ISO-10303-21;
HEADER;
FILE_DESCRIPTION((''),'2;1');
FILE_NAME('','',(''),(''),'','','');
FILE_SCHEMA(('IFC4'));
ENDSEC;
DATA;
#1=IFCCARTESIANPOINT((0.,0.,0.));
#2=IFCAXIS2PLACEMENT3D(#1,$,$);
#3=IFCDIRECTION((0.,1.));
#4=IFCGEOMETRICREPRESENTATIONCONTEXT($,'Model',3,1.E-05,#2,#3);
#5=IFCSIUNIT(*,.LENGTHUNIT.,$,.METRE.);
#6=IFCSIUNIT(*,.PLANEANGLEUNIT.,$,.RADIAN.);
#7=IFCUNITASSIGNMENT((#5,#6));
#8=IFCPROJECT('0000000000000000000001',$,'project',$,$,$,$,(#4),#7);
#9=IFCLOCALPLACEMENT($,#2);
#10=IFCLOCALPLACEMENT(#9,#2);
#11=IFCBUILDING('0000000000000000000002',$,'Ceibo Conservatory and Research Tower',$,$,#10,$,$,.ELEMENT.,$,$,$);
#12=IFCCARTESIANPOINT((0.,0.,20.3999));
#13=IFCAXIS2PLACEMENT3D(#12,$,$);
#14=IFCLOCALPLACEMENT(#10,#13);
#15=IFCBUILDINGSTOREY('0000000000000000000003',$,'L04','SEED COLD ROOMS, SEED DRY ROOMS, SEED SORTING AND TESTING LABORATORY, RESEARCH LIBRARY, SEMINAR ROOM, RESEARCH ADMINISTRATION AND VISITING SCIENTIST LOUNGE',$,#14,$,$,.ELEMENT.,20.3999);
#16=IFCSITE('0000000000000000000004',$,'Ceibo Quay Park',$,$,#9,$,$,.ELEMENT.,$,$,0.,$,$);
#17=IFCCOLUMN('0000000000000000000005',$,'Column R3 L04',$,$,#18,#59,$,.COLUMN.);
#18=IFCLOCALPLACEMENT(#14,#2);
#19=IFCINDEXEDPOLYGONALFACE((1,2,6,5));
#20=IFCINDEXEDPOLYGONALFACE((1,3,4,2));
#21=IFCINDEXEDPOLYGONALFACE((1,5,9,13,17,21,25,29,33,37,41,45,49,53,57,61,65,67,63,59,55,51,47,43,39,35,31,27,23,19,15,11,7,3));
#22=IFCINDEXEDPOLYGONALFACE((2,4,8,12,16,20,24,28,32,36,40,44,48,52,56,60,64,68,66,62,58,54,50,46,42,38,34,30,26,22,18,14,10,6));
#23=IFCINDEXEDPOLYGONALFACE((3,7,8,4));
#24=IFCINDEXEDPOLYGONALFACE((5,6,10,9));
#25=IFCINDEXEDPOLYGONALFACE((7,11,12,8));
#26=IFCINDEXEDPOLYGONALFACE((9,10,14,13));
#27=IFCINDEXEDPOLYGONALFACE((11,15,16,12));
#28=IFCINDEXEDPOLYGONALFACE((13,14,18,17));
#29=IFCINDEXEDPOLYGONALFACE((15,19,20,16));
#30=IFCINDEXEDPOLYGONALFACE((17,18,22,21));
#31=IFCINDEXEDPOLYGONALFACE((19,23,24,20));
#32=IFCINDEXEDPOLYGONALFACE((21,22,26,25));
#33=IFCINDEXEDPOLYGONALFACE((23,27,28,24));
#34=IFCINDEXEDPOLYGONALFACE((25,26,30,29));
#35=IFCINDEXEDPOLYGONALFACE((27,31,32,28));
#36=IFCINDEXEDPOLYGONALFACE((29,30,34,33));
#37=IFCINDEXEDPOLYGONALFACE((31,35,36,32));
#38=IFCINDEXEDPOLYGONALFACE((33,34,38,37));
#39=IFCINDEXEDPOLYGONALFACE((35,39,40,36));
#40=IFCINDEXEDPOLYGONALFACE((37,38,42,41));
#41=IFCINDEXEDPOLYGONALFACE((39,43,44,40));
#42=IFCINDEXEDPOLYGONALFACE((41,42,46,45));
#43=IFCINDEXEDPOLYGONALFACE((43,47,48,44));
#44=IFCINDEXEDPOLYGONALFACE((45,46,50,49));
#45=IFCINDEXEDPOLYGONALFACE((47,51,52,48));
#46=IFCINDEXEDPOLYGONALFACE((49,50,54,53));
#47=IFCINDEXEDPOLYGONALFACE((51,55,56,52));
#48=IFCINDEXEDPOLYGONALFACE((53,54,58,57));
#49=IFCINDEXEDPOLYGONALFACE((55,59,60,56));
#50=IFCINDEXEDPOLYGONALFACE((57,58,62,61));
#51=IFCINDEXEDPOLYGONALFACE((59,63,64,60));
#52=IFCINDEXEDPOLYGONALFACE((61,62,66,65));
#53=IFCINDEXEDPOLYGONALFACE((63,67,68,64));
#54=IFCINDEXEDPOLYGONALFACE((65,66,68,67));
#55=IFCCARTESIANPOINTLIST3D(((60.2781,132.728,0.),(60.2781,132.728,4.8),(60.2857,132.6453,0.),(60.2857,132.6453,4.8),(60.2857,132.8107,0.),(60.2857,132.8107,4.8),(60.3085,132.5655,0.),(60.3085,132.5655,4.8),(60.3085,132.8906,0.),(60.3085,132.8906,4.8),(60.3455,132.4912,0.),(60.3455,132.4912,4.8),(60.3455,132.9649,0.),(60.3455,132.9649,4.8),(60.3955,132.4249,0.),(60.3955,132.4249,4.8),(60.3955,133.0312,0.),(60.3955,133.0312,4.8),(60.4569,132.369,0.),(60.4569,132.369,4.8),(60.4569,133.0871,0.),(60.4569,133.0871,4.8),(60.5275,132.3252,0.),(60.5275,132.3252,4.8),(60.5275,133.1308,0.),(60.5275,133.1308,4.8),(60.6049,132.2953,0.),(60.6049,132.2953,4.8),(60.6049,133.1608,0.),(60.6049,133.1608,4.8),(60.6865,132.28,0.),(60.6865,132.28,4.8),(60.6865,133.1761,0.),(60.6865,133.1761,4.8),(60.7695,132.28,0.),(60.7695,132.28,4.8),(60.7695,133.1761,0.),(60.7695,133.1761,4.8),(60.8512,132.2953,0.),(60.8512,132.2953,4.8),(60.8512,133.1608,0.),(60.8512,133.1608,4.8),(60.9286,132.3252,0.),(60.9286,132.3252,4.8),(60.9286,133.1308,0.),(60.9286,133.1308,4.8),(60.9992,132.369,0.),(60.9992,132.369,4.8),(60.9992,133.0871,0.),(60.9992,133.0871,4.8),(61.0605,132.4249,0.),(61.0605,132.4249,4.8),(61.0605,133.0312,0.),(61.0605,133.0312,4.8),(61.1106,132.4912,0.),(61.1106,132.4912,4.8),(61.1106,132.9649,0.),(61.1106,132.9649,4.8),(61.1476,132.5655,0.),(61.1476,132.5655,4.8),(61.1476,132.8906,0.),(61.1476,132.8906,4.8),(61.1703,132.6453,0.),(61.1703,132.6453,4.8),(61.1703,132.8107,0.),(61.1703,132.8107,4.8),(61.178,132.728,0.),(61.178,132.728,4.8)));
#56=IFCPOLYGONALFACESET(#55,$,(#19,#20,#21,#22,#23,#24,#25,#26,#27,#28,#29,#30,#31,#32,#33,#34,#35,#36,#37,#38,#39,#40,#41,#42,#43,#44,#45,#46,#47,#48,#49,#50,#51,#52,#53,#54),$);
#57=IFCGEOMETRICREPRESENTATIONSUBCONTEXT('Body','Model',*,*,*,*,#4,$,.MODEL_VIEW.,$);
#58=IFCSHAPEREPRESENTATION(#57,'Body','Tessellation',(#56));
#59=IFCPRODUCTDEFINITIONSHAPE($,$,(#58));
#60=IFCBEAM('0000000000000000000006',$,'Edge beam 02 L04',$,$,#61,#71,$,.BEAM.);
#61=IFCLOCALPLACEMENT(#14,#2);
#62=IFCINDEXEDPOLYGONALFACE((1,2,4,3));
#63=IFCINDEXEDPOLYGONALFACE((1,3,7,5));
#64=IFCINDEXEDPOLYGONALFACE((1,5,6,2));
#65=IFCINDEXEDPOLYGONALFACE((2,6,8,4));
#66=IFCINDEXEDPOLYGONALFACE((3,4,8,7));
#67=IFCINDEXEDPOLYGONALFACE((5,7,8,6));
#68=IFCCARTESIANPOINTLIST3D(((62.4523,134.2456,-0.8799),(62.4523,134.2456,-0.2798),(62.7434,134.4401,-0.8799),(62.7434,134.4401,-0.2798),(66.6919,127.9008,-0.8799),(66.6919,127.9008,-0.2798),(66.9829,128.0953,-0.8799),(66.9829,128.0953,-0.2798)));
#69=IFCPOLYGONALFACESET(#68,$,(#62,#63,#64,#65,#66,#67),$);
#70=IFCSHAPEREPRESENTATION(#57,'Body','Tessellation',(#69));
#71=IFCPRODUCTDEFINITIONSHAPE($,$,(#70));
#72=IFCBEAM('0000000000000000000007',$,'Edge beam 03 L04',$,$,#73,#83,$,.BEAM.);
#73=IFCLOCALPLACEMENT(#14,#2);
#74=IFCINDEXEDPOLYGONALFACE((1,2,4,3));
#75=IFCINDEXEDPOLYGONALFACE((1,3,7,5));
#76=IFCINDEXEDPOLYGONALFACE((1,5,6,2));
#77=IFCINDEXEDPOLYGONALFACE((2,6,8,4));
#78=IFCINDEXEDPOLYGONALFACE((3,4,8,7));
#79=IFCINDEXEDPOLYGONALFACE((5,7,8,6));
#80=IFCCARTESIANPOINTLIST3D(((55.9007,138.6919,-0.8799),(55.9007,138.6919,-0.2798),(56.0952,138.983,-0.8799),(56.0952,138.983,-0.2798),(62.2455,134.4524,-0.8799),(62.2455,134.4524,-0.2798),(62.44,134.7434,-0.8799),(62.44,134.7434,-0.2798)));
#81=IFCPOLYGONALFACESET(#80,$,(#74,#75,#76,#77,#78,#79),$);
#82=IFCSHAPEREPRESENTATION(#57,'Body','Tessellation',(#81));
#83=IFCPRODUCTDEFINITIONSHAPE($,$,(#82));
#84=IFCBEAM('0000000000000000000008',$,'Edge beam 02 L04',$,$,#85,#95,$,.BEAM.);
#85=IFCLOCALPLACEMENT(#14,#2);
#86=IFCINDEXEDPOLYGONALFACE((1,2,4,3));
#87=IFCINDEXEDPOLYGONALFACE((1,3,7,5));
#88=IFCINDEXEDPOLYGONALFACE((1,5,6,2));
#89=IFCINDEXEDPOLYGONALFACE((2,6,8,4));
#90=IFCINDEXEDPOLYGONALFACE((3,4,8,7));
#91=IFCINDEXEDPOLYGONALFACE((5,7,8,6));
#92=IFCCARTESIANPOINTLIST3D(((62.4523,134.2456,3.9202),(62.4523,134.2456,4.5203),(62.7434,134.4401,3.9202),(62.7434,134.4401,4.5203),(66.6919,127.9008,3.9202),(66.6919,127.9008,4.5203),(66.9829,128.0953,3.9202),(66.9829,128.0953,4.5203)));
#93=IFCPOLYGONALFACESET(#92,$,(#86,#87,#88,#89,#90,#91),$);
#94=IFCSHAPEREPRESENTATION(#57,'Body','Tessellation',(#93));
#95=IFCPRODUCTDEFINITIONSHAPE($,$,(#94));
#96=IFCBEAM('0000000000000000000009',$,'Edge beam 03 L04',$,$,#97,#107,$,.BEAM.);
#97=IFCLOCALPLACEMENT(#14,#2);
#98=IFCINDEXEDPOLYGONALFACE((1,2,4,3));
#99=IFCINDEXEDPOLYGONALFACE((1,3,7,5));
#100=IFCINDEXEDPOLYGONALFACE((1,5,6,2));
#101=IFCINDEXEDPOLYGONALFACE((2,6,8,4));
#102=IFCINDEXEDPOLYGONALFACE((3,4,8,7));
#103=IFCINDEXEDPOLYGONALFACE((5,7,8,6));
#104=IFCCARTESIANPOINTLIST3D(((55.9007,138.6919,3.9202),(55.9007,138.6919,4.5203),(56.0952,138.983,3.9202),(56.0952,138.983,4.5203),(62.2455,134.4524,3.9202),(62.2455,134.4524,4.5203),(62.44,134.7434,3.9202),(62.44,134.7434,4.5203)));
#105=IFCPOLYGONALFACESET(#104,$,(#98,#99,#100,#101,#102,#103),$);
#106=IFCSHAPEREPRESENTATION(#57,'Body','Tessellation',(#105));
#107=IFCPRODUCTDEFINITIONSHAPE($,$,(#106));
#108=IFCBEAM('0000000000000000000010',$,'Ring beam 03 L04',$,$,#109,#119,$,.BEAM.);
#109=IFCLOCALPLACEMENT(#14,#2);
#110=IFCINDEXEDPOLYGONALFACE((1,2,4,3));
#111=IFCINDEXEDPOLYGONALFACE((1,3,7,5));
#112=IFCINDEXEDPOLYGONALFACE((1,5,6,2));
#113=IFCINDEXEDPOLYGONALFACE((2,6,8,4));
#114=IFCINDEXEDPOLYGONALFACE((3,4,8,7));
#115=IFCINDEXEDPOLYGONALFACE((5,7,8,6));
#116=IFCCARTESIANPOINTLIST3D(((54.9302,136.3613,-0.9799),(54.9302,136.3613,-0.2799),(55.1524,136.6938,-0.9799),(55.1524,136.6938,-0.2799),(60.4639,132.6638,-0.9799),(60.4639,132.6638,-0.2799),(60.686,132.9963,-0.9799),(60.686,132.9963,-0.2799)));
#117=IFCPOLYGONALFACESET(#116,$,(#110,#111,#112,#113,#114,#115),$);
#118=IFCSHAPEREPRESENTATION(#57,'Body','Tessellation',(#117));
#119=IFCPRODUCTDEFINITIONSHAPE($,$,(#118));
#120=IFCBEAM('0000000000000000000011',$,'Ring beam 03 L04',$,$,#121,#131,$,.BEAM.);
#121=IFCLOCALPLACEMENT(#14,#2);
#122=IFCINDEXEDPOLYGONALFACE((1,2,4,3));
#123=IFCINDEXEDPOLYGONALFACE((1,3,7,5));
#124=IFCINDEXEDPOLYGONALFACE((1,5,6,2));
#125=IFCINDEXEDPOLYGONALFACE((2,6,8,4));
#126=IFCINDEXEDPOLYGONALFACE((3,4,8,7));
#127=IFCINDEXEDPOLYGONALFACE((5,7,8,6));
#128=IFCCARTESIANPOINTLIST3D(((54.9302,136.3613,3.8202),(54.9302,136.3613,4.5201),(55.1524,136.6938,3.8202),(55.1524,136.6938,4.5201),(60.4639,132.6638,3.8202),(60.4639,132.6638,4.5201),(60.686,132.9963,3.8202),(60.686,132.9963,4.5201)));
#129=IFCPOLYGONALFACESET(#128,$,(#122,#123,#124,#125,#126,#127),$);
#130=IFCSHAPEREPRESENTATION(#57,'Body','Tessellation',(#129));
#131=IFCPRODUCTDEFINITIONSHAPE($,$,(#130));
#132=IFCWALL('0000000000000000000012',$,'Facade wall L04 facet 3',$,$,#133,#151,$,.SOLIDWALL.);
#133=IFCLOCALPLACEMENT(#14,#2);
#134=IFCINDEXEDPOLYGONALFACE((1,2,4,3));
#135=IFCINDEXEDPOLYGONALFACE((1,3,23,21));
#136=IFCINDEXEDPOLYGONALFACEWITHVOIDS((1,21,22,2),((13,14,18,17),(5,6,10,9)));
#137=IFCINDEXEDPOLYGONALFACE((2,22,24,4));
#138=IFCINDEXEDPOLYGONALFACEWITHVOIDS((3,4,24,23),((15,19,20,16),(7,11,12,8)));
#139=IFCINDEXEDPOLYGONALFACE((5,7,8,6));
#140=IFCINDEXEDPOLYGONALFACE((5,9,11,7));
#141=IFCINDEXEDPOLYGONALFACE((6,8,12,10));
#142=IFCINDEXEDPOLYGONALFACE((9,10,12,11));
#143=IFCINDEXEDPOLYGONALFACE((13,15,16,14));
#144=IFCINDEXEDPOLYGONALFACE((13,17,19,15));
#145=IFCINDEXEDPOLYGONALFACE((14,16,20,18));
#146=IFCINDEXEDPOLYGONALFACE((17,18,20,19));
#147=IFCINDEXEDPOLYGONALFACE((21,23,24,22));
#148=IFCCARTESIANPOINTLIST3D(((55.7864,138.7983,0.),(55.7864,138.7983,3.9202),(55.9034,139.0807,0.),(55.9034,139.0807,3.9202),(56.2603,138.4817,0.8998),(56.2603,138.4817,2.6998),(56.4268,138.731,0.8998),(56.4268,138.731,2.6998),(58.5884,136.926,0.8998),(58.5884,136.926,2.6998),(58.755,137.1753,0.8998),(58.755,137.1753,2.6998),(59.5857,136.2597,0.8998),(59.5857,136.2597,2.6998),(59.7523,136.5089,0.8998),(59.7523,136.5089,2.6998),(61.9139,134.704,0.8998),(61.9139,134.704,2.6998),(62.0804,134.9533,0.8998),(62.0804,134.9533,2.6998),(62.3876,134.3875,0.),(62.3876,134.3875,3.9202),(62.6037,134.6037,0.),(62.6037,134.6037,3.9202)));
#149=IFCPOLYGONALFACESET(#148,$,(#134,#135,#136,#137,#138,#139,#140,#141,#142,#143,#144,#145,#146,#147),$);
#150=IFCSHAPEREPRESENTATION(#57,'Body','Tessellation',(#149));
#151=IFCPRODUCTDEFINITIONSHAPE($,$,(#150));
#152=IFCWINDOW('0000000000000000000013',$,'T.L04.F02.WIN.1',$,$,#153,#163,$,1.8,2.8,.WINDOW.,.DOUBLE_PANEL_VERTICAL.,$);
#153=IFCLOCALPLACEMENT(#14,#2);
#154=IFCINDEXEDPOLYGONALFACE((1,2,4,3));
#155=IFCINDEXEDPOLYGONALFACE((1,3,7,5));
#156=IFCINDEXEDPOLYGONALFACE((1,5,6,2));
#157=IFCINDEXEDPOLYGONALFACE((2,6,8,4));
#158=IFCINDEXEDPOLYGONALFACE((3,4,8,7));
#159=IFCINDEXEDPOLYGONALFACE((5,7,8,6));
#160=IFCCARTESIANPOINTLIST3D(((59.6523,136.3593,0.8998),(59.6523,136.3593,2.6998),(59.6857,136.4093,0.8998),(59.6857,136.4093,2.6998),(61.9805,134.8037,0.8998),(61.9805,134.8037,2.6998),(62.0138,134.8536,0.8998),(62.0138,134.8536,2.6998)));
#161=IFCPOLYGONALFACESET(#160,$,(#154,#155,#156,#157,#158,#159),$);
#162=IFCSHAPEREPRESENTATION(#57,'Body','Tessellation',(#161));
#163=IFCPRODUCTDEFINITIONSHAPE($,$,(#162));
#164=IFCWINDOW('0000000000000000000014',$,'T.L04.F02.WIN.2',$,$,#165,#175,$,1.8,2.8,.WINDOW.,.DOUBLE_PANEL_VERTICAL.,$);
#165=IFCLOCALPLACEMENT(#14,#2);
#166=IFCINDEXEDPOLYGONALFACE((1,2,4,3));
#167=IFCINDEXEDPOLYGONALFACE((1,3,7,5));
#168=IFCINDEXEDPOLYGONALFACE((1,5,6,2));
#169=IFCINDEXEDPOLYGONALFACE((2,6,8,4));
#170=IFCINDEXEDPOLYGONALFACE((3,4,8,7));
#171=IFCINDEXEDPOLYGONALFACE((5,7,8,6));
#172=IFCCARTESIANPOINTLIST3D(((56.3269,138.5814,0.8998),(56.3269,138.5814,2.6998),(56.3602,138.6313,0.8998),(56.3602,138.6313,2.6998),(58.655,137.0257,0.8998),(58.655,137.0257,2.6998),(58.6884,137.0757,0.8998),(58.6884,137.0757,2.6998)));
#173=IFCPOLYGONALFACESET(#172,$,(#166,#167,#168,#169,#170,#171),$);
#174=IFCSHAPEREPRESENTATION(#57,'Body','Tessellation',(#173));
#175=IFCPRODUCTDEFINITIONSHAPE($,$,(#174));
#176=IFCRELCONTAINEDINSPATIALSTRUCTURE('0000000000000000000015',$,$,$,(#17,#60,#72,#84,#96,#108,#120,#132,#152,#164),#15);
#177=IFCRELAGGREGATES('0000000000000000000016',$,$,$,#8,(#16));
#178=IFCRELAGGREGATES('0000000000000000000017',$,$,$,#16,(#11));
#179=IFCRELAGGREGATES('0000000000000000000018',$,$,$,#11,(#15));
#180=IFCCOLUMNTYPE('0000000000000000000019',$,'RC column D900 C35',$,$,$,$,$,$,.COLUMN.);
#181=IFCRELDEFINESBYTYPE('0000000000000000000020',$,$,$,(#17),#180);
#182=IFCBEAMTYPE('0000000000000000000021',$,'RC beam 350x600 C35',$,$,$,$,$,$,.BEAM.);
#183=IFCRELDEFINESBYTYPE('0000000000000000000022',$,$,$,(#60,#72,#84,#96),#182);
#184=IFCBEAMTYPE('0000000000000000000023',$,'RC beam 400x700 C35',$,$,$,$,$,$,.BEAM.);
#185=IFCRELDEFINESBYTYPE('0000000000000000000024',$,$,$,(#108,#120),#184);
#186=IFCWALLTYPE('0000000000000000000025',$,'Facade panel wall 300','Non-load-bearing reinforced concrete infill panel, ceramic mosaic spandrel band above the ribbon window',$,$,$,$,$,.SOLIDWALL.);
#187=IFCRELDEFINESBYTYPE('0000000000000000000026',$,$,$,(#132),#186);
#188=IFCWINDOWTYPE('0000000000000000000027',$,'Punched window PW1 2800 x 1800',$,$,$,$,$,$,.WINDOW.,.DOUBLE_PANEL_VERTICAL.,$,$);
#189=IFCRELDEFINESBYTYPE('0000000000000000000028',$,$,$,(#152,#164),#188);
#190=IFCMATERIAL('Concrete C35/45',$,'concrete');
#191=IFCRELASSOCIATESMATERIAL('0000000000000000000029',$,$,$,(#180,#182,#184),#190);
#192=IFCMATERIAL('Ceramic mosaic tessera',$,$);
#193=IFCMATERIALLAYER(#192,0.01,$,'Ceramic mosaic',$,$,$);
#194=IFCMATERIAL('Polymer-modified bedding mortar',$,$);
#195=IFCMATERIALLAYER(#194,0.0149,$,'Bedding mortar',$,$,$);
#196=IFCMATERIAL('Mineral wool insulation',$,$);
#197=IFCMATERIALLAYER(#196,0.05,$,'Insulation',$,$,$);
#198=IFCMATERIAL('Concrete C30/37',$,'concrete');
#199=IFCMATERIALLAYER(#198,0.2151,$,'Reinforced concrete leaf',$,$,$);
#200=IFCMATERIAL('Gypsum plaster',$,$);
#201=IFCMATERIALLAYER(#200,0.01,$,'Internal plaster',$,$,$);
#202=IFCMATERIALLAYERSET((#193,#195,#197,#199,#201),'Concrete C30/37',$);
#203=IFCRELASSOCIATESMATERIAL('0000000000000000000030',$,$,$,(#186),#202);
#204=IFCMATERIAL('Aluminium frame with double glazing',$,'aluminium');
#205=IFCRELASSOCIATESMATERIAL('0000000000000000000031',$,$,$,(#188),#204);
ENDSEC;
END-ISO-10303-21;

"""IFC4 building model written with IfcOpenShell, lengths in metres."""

from ifc_helpers import new_model, si_unit, direction, frame, frame_2d, origin, origin_2d, place, context, subcontext, project, spatial, polyline, rectangle, circle, outline, extrude, material, layer, layer_set, material_profile, profile_set, type_object, element, fill, save


model = new_model("IFC4")

# Units and contexts
model_context = context("Model", 3, precision=1e-05, world=origin(), true_north=direction((0.0, 1.0)))
body_context = subcontext(model_context, "Body", "Model", "MODEL_VIEW")
ifc_project = project(units=[si_unit("LENGTHUNIT", "METRE"), si_unit("PLANEANGLEUNIT", "RADIAN")], contexts=[model_context])

# Site, building, storey
site_placement = place(None, origin())
site = spatial("IfcSite", under=ifc_project, at=site_placement, Name="Ceibo Quay Park", CompositionType="ELEMENT", RefElevation=0.0)
building_placement = place(site_placement, origin())
building = spatial("IfcBuilding", under=site, at=building_placement, Name="Ceibo Conservatory and Research Tower", CompositionType="ELEMENT")
storey_placement = place(building_placement, frame((0.0, 0.0, 20.3999)))
storey = spatial("IfcBuildingStorey", under=building, at=storey_placement, Name="L04", Description="SEED COLD ROOMS, SEED DRY ROOMS, SEED SORTING AND TESTING LABORATORY, RESEARCH LIBRARY, SEMINAR ROOM, RESEARCH ADMINISTRATION AND VISITING SCIENTIST LOUNGE", CompositionType="ELEMENT", Elevation=20.3999)

# Column
ifc_material_1 = material(Name="Concrete C35/45", Category="concrete")
ifc_material_profile_1 = material_profile(ifc_material_1, circle(Radius=0.45, at=origin_2d()), Name="RC D900")
ifc_profile_set_1 = profile_set([ifc_material_profile_1], Name="Concrete C35/45")
column_type = type_object("IfcColumnType", Name="RC column D900 C35", PredefinedType="COLUMN", material=ifc_profile_set_1)
column_placement = place(storey_placement, frame((60.728, 132.728, 0.0), z_axis=(0.0, 0.0, 1.0), x_axis=(1.0, 0.0, 0.0)))
element("IfcColumn", 1, at=column_placement, inside=storey, type_object=column_type, Name="Column R3 L04", PredefinedType="COLUMN", context=body_context, shape_type="SweptSolid", body=[
    extrude(circle(Radius=0.45, at=origin_2d()), origin(), (0.0, 0.0, 1.0), 4.8),
])

# Beams
ifc_material_profile_2 = material_profile(ifc_material_1, rectangle(XDim=0.3501, YDim=0.6001, at=origin_2d()), Name="RC 350x600")
ifc_profile_set_2 = profile_set([ifc_material_profile_2], Name="Concrete C35/45")
beam_type_1 = type_object("IfcBeamType", Name="RC beam 350x600 C35", PredefinedType="BEAM", material=ifc_profile_set_2)
for number, where, z_axis, x_axis, name in (
    (2, (66.8374, 127.998, -0.5798), (-0.555578, 0.831464, 0.0), (-0.831464, -0.555578, 0.0), "Edge beam 02 L04"),
    (3, (62.3428, 134.5979, -0.5798), (-0.831464, 0.555578, 0.0), (-0.555578, -0.831464, 0.0), "Edge beam 03 L04"),
    (4, (66.8374, 127.998, 4.2202), (-0.555578, 0.831464, 0.0), (-0.831464, -0.555578, 0.0), "Edge beam 02 L04"),
    (5, (62.3428, 134.5979, 4.2202), (-0.831464, 0.555578, 0.0), (-0.555578, -0.831464, 0.0), "Edge beam 03 L04"),
):
    element("IfcBeam", number, at=place(storey_placement, frame(where, z_axis=z_axis, x_axis=x_axis)), inside=storey, type_object=beam_type_1, Name=name, PredefinedType="BEAM", context=body_context, shape_type="SweptSolid", body=[
        extrude(rectangle(XDim=0.3501, YDim=0.6001, at=origin_2d()), origin(), (0.0, 0.0, 1.0), 7.6309),
    ])
ifc_material_profile_3 = material_profile(ifc_material_1, rectangle(XDim=0.3999, YDim=0.7, at=origin_2d()), Name="RC 400x700")
ifc_profile_set_3 = profile_set([ifc_material_profile_3], Name="Concrete C35/45")
beam_type_2 = type_object("IfcBeamType", Name="RC beam 400x700 C35", PredefinedType="BEAM", material=ifc_profile_set_3)
for number, where, z_axis, x_axis, name in (
    (6, (60.575, 132.8301, -0.6299), (-0.831469, 0.555572, 0.0), (-0.555572, -0.831469, 0.0), "Ring beam 03 L04"),
    (7, (60.575, 132.8301, 4.1702), (-0.831469, 0.555572, 0.0), (-0.555572, -0.831469, 0.0), "Ring beam 03 L04"),
):
    element("IfcBeam", number, at=place(storey_placement, frame(where, z_axis=z_axis, x_axis=x_axis)), inside=storey, type_object=beam_type_2, Name=name, PredefinedType="BEAM", context=body_context, shape_type="SweptSolid", body=[
        extrude(rectangle(XDim=0.3999, YDim=0.7, at=origin_2d()), origin(), (0.0, 0.0, 1.0), 6.6553),
    ])

# Wall, openings, windows
ifc_material_2 = material(Name="Ceramic mosaic tessera")
ifc_layer_1 = layer(ifc_material_2, 0.01, Name="Ceramic mosaic")
ifc_material_3 = material(Name="Polymer-modified bedding mortar")
ifc_layer_2 = layer(ifc_material_3, 0.0149, Name="Bedding mortar")
ifc_material_4 = material(Name="Mineral wool insulation")
ifc_layer_3 = layer(ifc_material_4, 0.05, Name="Insulation")
ifc_material_5 = material(Name="Concrete C30/37", Category="concrete")
ifc_layer_4 = layer(ifc_material_5, 0.2151, Name="Reinforced concrete leaf")
ifc_material_6 = material(Name="Gypsum plaster")
ifc_layer_5 = layer(ifc_material_6, 0.01, Name="Internal plaster")
ifc_layer_set_1 = layer_set([ifc_layer_1, ifc_layer_2, ifc_layer_3, ifc_layer_4, ifc_layer_5], Name="Concrete C30/37")
wall_type_1 = type_object("IfcWallType", Name="Facade panel wall 300", Description="Non-load-bearing reinforced concrete infill panel, ceramic mosaic spandrel band above the ribbon window", PredefinedType="SOLIDWALL", material=ifc_layer_set_1)
wall_1_placement = place(storey_placement, frame((62.4956, 134.4956, 0.0), z_axis=(0.0, 0.0, 1.0), x_axis=(-0.831468, 0.555573, 0.0)))
wall_1 = element("IfcWall", 8, at=wall_1_placement, inside=storey, type_object=wall_type_1, Name="Facade wall L04 facet 3", PredefinedType="SOLIDWALL", context=body_context, shape_type="SweptSolid", body=[
    extrude(outline(polyline([(-0.0298, -0.1499), (8.0286, -0.1499), (7.969, 0.1499), (0.0298, 0.1499), (-0.0298, -0.1499)])), origin(), (0.0, 0.0, 1.0), 3.9202),
])
opening_1_placement = place(wall_1_placement, frame((0.5996, 0.0, 0.8999)))
opening_1 = element("IfcOpeningElement", 9, at=opening_1_placement, cuts=wall_1, PredefinedType="OPENING", context=body_context, shape_type="SweptSolid", body=[
    extrude(rectangle(XDim=2.8, YDim=1.8, at=frame_2d((1.3999, 0.8999))), frame((0.0, 0.1599, 0.0), z_axis=(0.0, -1.0, 0.0), x_axis=(1.0, 0.0, 0.0)), (0.0, 0.0, 1.0), 0.3201),
])
opening_2_placement = place(wall_1_placement, frame((4.5991, 0.0, 0.8999)))
opening_2 = element("IfcOpeningElement", 10, at=opening_2_placement, cuts=wall_1, PredefinedType="OPENING", context=body_context, shape_type="SweptSolid", body=[
    extrude(rectangle(XDim=2.8, YDim=1.8, at=frame_2d((1.3999, 0.8999))), frame((0.0, 0.1599, 0.0), z_axis=(0.0, -1.0, 0.0), x_axis=(1.0, 0.0, 0.0)), (0.0, 0.0, 1.0), 0.3201),
])
ifc_material_7 = material(Name="Aluminium frame with double glazing", Category="aluminium")
window_type = type_object("IfcWindowType", Name="Punched window PW1 2800 x 1800", PartitioningType="DOUBLE_PANEL_VERTICAL", PredefinedType="WINDOW", material=ifc_material_7)
window_1_placement = place(opening_1_placement, origin())
window_1 = element("IfcWindow", 11, at=window_1_placement, inside=storey, type_object=window_type, Name="T.L04.F02.WIN.1", OverallHeight=1.8, OverallWidth=2.8, PartitioningType="DOUBLE_PANEL_VERTICAL", PredefinedType="WINDOW", context=body_context, shape_type="SweptSolid", body=[
    extrude(rectangle(XDim=2.8, YDim=1.8, at=frame_2d((1.3999, 0.8999))), frame((0.0, 0.03, 0.0), z_axis=(0.0, -1.0, 0.0), x_axis=(1.0, 0.0, 0.0)), (0.0, 0.0, 1.0), 0.0601),
])
fill(opening_1, window_1)
window_2_placement = place(opening_2_placement, origin())
window_2 = element("IfcWindow", 12, at=window_2_placement, inside=storey, type_object=window_type, Name="T.L04.F02.WIN.2", OverallHeight=1.8, OverallWidth=2.8, PartitioningType="DOUBLE_PANEL_VERTICAL", PredefinedType="WINDOW", context=body_context, shape_type="SweptSolid", body=[
    extrude(rectangle(XDim=2.8, YDim=1.8, at=frame_2d((1.3999, 0.8999))), frame((0.0, 0.03, 0.0), z_axis=(0.0, -1.0, 0.0), x_axis=(1.0, 0.0, 0.0)), (0.0, 0.0, 1.0), 0.0601),
])
fill(opening_2, window_2)

save(model, "model.ifc")
